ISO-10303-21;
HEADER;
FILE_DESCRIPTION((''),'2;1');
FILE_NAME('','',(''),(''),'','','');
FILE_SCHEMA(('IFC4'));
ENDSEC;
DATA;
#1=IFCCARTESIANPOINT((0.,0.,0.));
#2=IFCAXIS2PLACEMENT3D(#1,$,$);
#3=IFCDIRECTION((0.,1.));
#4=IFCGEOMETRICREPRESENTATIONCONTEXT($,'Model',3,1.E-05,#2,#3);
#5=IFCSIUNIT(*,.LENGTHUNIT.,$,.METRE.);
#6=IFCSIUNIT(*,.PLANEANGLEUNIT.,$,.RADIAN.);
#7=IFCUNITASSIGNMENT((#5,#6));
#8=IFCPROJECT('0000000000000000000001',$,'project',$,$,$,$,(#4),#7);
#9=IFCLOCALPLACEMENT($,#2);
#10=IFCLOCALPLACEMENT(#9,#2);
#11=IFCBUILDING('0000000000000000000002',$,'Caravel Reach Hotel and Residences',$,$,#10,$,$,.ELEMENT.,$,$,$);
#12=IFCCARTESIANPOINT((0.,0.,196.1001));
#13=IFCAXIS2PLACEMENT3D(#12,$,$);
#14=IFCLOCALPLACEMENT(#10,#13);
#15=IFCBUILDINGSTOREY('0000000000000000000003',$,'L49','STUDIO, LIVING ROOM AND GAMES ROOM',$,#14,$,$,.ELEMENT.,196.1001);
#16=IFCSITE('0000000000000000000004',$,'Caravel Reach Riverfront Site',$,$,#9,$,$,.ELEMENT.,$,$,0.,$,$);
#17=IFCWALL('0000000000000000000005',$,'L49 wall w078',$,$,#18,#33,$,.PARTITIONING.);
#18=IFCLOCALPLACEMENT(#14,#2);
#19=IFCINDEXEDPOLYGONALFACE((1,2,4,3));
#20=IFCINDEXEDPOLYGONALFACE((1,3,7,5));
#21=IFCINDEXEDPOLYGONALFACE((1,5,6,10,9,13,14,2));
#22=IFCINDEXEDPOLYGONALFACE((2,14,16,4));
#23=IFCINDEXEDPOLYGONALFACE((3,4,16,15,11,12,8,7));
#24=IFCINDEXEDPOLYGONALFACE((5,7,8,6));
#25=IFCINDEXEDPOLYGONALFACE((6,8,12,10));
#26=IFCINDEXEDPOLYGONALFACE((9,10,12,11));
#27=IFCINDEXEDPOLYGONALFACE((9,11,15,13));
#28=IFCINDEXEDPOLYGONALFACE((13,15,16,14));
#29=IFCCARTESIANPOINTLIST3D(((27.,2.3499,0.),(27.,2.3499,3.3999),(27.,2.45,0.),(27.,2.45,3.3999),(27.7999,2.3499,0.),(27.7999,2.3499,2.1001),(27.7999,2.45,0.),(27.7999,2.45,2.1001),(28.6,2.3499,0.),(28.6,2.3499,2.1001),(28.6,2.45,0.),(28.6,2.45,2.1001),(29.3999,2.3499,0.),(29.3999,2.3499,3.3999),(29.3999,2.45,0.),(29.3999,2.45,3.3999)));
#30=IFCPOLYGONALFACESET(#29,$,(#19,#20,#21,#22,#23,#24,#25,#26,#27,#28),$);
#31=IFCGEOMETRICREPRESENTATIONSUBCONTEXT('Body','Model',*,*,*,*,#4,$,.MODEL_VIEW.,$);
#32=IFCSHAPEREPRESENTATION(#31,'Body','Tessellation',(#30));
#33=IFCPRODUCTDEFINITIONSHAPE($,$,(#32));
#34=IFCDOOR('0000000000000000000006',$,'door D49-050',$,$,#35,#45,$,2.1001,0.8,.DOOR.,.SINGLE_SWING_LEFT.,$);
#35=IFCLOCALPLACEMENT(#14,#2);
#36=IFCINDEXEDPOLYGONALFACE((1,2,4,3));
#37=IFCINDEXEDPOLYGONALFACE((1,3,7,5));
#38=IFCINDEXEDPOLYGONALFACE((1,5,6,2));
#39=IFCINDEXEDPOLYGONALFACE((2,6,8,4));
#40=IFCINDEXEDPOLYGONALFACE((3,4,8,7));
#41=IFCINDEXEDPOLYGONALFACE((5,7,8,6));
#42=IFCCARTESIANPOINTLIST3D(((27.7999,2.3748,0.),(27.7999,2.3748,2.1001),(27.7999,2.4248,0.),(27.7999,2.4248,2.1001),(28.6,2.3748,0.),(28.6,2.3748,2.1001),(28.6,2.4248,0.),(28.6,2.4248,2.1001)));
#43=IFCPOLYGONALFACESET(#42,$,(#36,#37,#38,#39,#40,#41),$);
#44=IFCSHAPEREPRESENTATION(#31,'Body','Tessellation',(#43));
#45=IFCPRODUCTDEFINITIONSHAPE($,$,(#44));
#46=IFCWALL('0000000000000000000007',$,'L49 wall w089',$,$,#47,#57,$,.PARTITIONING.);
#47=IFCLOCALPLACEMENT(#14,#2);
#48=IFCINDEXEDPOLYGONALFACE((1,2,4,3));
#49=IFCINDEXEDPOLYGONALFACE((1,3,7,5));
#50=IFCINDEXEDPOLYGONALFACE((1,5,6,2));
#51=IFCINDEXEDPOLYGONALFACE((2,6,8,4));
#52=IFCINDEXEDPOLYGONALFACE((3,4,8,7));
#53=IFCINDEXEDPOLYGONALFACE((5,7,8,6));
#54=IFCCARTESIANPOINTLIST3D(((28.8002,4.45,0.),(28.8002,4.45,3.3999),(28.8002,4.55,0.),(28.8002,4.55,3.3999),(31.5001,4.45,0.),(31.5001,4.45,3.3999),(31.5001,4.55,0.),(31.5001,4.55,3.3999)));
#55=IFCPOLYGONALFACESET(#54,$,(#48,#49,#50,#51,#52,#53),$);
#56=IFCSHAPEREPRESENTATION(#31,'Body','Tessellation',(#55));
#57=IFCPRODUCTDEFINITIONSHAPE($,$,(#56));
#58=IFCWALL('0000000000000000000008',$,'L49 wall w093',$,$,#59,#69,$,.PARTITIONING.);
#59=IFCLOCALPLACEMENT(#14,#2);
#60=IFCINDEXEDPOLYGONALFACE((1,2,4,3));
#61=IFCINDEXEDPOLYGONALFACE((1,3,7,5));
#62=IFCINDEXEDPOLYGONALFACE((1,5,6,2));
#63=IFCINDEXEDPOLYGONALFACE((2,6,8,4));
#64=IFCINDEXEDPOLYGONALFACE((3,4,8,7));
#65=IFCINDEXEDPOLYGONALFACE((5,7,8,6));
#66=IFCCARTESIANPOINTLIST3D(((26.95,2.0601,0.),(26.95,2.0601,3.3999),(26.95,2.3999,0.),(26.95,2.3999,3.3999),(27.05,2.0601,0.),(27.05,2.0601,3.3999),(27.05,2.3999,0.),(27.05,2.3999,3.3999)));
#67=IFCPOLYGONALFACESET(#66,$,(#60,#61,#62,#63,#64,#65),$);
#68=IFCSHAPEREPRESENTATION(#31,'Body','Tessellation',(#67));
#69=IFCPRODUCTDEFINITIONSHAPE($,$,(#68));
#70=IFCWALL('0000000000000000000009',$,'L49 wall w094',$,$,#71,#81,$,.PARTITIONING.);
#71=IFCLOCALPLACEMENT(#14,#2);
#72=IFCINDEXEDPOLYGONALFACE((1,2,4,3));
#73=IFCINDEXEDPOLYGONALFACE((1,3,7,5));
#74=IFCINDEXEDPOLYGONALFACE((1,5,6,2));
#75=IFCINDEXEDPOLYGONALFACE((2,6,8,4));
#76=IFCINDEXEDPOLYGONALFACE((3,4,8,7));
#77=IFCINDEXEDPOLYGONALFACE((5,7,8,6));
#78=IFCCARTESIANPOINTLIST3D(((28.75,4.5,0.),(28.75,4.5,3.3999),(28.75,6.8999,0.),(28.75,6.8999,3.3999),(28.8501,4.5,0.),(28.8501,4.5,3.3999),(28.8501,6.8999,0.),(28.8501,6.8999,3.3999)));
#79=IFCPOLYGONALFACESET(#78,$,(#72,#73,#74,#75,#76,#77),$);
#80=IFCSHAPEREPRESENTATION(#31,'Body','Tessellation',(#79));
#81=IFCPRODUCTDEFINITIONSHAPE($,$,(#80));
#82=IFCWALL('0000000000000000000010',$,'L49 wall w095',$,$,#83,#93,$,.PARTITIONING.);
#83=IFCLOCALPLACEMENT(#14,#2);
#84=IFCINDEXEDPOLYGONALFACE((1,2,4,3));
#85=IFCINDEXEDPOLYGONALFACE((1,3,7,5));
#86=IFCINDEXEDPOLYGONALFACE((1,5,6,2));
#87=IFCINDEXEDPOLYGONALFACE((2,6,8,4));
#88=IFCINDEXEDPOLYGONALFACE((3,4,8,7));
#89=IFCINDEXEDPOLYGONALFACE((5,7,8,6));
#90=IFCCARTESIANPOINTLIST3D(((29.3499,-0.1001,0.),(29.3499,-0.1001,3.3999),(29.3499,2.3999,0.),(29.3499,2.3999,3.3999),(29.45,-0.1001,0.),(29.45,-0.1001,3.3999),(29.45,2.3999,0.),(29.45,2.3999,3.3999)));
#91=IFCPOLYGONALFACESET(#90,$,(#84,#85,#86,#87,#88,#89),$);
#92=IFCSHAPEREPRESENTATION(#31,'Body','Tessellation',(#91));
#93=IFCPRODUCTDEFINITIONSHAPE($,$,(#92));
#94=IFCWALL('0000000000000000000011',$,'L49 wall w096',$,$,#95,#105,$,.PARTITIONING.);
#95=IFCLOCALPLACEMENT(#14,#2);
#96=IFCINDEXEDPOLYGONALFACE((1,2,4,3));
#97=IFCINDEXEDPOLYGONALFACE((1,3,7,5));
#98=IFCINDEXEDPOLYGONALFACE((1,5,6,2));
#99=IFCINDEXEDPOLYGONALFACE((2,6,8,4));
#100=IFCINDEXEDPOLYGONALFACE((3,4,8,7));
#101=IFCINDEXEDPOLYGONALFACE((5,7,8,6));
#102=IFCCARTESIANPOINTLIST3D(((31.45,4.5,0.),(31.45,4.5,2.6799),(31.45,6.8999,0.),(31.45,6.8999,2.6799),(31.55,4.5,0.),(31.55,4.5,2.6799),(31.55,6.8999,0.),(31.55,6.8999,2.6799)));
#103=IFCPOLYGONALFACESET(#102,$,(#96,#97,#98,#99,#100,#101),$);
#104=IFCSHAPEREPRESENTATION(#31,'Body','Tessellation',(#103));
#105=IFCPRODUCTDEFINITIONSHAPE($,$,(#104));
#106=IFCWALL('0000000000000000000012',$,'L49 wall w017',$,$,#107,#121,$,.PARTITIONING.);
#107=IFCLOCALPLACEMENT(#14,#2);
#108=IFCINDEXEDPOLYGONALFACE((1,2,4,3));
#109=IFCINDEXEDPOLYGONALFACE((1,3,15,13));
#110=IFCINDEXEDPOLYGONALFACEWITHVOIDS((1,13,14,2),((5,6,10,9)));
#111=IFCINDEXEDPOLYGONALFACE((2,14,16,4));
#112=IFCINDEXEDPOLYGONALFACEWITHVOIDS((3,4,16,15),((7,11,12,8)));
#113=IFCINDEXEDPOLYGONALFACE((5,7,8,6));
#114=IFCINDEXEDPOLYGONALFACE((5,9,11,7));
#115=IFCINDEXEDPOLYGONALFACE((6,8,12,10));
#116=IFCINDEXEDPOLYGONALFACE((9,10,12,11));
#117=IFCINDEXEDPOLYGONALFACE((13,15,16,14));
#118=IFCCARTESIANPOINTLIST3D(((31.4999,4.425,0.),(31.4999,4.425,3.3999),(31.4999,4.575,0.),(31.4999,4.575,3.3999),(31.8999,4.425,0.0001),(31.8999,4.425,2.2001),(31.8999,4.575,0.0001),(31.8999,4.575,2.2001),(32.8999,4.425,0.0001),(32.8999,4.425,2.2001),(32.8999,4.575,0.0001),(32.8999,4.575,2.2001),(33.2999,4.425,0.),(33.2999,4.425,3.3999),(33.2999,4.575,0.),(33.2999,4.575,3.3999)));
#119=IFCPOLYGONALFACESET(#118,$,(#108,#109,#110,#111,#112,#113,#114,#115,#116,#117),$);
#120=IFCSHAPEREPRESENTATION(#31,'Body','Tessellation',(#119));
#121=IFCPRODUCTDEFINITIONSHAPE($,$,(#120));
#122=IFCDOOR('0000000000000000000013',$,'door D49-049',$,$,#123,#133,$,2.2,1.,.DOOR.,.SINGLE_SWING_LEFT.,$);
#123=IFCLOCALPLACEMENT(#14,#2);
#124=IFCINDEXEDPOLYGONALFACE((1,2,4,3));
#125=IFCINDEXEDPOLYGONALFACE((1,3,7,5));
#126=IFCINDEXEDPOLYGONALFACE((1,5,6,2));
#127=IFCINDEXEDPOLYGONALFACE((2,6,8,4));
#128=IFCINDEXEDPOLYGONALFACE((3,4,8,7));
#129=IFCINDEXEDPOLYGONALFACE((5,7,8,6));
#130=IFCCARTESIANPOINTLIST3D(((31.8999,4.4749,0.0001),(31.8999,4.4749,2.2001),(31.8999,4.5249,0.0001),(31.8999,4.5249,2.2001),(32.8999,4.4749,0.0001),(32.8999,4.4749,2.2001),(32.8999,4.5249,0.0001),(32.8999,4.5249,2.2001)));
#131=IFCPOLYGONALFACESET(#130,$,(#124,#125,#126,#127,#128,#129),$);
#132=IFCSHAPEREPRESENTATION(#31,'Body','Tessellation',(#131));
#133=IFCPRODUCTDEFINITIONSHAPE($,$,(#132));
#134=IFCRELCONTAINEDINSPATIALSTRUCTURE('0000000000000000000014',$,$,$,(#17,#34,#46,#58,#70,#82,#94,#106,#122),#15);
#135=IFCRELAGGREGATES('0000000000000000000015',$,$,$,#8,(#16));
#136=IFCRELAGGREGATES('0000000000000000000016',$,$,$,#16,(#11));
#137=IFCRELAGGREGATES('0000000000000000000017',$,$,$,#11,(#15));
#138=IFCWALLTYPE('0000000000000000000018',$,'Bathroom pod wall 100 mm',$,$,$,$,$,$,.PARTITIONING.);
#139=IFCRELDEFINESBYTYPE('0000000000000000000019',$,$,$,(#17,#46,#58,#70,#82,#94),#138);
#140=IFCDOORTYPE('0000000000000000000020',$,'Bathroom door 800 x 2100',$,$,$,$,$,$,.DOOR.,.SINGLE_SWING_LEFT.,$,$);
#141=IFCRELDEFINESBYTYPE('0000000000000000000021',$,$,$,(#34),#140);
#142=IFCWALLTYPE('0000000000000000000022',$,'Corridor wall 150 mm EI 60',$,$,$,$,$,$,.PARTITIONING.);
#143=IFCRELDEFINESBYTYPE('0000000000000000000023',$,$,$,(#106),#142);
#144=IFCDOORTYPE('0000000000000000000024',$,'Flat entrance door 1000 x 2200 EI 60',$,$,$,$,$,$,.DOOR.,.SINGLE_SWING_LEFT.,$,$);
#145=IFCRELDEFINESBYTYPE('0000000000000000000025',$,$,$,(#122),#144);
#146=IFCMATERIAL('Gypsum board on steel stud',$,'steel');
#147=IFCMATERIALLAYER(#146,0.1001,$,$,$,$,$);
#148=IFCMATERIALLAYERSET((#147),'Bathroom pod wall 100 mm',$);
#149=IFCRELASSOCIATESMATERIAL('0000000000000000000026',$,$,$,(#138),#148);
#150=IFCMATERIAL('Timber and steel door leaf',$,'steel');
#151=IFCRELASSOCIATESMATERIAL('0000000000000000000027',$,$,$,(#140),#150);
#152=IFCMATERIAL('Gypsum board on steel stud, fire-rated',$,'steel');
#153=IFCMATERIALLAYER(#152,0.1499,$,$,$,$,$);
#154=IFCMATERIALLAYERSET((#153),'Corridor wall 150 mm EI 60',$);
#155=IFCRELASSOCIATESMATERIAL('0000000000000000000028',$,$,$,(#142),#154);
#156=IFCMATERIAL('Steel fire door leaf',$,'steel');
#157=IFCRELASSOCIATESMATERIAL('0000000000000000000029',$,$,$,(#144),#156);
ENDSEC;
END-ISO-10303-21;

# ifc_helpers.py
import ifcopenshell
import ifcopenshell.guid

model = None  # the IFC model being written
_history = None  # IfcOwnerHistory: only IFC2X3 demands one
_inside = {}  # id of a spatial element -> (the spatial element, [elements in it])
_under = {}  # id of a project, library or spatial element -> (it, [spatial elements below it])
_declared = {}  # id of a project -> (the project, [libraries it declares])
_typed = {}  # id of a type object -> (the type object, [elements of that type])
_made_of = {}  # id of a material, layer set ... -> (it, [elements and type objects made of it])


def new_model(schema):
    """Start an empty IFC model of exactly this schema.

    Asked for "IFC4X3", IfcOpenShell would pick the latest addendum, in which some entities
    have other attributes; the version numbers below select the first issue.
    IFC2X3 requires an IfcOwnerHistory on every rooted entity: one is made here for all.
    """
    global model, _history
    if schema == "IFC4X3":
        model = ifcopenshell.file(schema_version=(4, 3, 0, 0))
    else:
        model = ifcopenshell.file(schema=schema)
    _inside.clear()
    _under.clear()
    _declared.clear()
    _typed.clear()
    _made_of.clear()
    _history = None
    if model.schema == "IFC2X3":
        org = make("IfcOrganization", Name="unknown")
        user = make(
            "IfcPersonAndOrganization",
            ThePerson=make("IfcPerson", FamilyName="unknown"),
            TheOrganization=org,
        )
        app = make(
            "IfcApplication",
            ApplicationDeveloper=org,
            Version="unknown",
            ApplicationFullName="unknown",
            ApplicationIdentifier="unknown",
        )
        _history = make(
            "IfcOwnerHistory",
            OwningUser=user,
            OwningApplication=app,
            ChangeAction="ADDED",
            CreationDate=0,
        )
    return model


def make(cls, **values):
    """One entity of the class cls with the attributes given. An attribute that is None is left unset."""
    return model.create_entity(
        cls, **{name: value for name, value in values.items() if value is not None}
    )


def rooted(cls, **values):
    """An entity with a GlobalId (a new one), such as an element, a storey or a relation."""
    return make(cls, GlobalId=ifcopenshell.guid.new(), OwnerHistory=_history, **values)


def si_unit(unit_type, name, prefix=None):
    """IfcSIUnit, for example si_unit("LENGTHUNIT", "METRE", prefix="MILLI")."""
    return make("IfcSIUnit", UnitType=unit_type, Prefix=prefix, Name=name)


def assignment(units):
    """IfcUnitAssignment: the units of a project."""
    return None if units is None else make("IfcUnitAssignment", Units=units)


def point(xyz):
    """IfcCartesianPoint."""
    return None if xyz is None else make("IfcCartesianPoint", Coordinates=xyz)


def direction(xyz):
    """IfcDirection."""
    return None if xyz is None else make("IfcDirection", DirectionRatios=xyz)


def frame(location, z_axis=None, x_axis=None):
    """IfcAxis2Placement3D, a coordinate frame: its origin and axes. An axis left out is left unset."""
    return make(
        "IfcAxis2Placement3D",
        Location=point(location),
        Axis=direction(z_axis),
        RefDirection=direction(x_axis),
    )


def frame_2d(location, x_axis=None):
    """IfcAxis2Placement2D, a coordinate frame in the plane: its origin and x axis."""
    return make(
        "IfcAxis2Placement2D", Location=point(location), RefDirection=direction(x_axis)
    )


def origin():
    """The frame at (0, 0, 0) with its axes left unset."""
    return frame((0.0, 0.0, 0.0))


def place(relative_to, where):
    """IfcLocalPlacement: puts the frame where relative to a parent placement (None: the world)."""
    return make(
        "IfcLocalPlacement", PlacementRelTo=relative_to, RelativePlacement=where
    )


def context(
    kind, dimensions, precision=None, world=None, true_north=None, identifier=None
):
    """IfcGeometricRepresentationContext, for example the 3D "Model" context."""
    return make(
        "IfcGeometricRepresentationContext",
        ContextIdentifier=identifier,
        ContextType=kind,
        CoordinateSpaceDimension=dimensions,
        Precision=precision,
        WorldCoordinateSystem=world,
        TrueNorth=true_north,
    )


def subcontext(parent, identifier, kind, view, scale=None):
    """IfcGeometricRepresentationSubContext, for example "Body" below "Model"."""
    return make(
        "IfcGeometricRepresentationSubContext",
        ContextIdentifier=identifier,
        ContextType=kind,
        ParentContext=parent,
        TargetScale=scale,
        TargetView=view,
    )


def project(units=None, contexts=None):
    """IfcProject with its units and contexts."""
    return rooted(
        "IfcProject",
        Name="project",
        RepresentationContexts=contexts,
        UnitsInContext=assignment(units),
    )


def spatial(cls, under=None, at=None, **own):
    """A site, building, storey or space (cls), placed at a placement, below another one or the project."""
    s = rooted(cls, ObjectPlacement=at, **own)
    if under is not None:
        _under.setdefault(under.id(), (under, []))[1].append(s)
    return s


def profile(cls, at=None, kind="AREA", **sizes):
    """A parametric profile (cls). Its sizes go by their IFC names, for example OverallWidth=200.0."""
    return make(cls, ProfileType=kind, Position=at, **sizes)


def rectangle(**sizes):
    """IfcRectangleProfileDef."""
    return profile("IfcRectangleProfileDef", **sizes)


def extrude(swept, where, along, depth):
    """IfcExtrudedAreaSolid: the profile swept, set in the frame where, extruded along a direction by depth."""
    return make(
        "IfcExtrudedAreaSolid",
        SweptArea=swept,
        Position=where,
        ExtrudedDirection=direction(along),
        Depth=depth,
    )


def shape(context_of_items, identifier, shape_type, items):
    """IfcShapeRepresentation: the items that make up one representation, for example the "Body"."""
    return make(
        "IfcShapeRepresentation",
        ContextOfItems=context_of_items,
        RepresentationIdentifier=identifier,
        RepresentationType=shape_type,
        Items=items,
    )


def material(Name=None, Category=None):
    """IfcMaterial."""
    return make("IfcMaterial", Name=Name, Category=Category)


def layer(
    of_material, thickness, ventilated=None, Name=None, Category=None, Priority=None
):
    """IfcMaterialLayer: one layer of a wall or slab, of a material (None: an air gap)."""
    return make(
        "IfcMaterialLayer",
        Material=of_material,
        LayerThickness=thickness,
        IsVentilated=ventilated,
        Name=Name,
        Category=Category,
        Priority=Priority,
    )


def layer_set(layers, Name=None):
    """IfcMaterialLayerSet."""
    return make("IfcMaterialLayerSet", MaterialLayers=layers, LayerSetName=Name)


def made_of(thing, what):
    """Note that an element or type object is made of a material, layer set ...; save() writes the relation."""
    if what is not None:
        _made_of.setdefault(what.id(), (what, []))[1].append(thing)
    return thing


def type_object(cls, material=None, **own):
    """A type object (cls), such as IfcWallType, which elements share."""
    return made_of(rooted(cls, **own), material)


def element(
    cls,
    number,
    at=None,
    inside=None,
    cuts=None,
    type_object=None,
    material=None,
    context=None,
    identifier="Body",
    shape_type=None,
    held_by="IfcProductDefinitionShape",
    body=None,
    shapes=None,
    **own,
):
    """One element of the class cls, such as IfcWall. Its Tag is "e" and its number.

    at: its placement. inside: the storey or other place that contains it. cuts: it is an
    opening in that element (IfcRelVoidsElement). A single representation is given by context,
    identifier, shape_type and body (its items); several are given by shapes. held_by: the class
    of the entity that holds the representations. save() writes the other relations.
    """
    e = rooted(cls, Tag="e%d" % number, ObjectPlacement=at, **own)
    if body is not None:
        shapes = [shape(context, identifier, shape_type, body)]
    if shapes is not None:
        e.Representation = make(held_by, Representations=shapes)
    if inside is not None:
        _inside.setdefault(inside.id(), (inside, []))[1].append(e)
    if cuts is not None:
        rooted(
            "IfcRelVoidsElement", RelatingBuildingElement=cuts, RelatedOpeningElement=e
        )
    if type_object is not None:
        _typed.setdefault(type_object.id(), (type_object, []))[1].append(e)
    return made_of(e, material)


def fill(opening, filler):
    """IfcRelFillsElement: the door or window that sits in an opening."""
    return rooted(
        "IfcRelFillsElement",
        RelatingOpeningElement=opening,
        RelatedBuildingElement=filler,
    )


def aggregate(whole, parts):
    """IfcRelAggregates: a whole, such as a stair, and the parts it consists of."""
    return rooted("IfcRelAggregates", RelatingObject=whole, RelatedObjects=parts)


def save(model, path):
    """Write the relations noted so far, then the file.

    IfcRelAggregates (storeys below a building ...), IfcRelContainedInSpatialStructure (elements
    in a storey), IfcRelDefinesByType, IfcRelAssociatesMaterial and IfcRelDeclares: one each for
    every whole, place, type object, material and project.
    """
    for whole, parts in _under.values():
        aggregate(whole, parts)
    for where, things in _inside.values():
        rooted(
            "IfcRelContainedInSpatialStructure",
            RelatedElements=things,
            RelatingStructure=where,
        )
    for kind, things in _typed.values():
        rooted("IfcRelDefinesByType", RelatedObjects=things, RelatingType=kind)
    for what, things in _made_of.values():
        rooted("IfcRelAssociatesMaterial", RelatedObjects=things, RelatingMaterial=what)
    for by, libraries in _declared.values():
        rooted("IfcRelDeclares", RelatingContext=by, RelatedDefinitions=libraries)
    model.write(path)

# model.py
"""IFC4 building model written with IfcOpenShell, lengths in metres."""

from ifc_helpers import new_model, si_unit, direction, frame, frame_2d, origin, place, context, subcontext, project, spatial, rectangle, extrude, material, layer, layer_set, type_object, element, fill, save


model = new_model("IFC4")

# Units and contexts
model_context = context("Model", 3, precision=1e-05, world=origin(), true_north=direction((0.0, 1.0)))
body_context = subcontext(model_context, "Body", "Model", "MODEL_VIEW")
ifc_project = project(units=[si_unit("LENGTHUNIT", "METRE"), si_unit("PLANEANGLEUNIT", "RADIAN")], contexts=[model_context])

# Site, building, storey
site_placement = place(None, origin())
site = spatial("IfcSite", under=ifc_project, at=site_placement, Name="Caravel Reach Riverfront Site", CompositionType="ELEMENT", RefElevation=0.0)
building_placement = place(site_placement, origin())
building = spatial("IfcBuilding", under=site, at=building_placement, Name="Caravel Reach Hotel and Residences", CompositionType="ELEMENT")
storey_placement = place(building_placement, frame((0.0, 0.0, 196.1001)))
storey = spatial("IfcBuildingStorey", under=building, at=storey_placement, Name="L49", Description="STUDIO, LIVING ROOM AND GAMES ROOM", CompositionType="ELEMENT", Elevation=196.1001)

# Wall, opening, door
ifc_material_1 = material(Name="Gypsum board on steel stud", Category="steel")
ifc_layer_1 = layer(ifc_material_1, 0.1001)
ifc_layer_set_1 = layer_set([ifc_layer_1], Name="Bathroom pod wall 100 mm")
wall_type_1 = type_object("IfcWallType", Name="Bathroom pod wall 100 mm", PredefinedType="PARTITIONING", material=ifc_layer_set_1)
wall_1_placement = place(storey_placement, frame((27.0, 2.3999, 0.0), z_axis=(0.0, 0.0, 1.0), x_axis=(1.0, 0.0, 0.0)))
wall_1 = element("IfcWall", 1, at=wall_1_placement, inside=storey, type_object=wall_type_1, Name="L49 wall w078", PredefinedType="PARTITIONING", context=body_context, shape_type="SweptSolid", body=[
    extrude(rectangle(XDim=2.3999, YDim=0.1001, at=frame_2d((1.2, 0.0))), origin(), (0.0, 0.0, 1.0), 3.3999),
])
opening_1_placement = place(wall_1_placement, frame((0.8, 0.0, 0.0)))
opening_1 = element("IfcOpeningElement", 2, at=opening_1_placement, cuts=wall_1, PredefinedType="OPENING", context=body_context, shape_type="SweptSolid", body=[
    extrude(rectangle(XDim=0.8, YDim=2.1001, at=frame_2d((0.3999, 1.05))), frame((0.0, 0.0601, 0.0), z_axis=(0.0, -1.0, 0.0), x_axis=(1.0, 0.0, 0.0)), (0.0, 0.0, 1.0), 0.1201),
])
ifc_material_2 = material(Name="Timber and steel door leaf", Category="steel")
door_type_1 = type_object("IfcDoorType", Name="Bathroom door 800 x 2100", OperationType="SINGLE_SWING_LEFT", PredefinedType="DOOR", material=ifc_material_2)
door_1_placement = place(opening_1_placement, origin())
door_1 = element("IfcDoor", 3, at=door_1_placement, inside=storey, type_object=door_type_1, Name="door D49-050", OperationType="SINGLE_SWING_LEFT", OverallHeight=2.1001, OverallWidth=0.8, PredefinedType="DOOR", context=body_context, shape_type="SweptSolid", body=[
    extrude(rectangle(XDim=0.8, YDim=2.1001, at=frame_2d((0.3999, 1.05))), frame((0.0, 0.0249, 0.0), z_axis=(0.0, -1.0, 0.0), x_axis=(1.0, 0.0, 0.0)), (0.0, 0.0, 1.0), 0.05),
])
fill(opening_1, door_1)

# Walls
wall_2_placement = place(storey_placement, frame((28.8, 4.5, 0.0), z_axis=(0.0, 0.0, 1.0), x_axis=(1.0, 0.0, 0.0)))
element("IfcWall", 4, at=wall_2_placement, inside=storey, type_object=wall_type_1, Name="L49 wall w089", PredefinedType="PARTITIONING", context=body_context, shape_type="SweptSolid", body=[
    extrude(rectangle(XDim=2.7, YDim=0.1001, at=frame_2d((1.3501, 0.0))), origin(), (0.0, 0.0, 1.0), 3.3999),
])
wall_3_placement = place(storey_placement, frame((27.0, 2.0601, 0.0), z_axis=(0.0, 0.0, 1.0), x_axis=(0.0, 1.0, 0.0)))
element("IfcWall", 5, at=wall_3_placement, inside=storey, type_object=wall_type_1, Name="L49 wall w093", PredefinedType="PARTITIONING", context=body_context, shape_type="SweptSolid", body=[
    extrude(rectangle(XDim=0.3398, YDim=0.1001, at=frame_2d((0.1699, 0.0))), origin(), (0.0, 0.0, 1.0), 3.3999),
])
wall_4_placement = place(storey_placement, frame((28.8, 4.5, 0.0), z_axis=(0.0, 0.0, 1.0), x_axis=(0.0, 1.0, 0.0)))
element("IfcWall", 6, at=wall_4_placement, inside=storey, type_object=wall_type_1, Name="L49 wall w094", PredefinedType="PARTITIONING", context=body_context, shape_type="SweptSolid", body=[
    extrude(rectangle(XDim=2.3999, YDim=0.1001, at=frame_2d((1.2, 0.0))), origin(), (0.0, 0.0, 1.0), 3.3999),
])
wall_5_placement = place(storey_placement, frame((29.3999, -0.1001, 0.0), z_axis=(0.0, 0.0, 1.0), x_axis=(0.0, 1.0, 0.0)))
element("IfcWall", 7, at=wall_5_placement, inside=storey, type_object=wall_type_1, Name="L49 wall w095", PredefinedType="PARTITIONING", context=body_context, shape_type="SweptSolid", body=[
    extrude(rectangle(XDim=2.5, YDim=0.1001, at=frame_2d((1.25, 0.0))), origin(), (0.0, 0.0, 1.0), 3.3999),
])
wall_6_placement = place(storey_placement, frame((31.5, 4.5, 0.0), z_axis=(0.0, 0.0, 1.0), x_axis=(0.0, 1.0, 0.0)))
element("IfcWall", 8, at=wall_6_placement, inside=storey, type_object=wall_type_1, Name="L49 wall w096", PredefinedType="PARTITIONING", context=body_context, shape_type="SweptSolid", body=[
    extrude(rectangle(XDim=2.3999, YDim=0.1001, at=frame_2d((1.2, 0.0))), origin(), (0.0, 0.0, 1.0), 2.6799),
])

# Wall, opening, door
ifc_material_3 = material(Name="Gypsum board on steel stud, fire-rated", Category="steel")
ifc_layer_2 = layer(ifc_material_3, 0.1499)
ifc_layer_set_2 = layer_set([ifc_layer_2], Name="Corridor wall 150 mm EI 60")
wall_type_2 = type_object("IfcWallType", Name="Corridor wall 150 mm EI 60", PredefinedType="PARTITIONING", material=ifc_layer_set_2)
wall_7_placement = place(storey_placement, frame((31.5, 4.5, 0.0), z_axis=(0.0, 0.0, 1.0), x_axis=(1.0, 0.0, 0.0)))
wall_7 = element("IfcWall", 9, at=wall_7_placement, inside=storey, type_object=wall_type_2, Name="L49 wall w017", PredefinedType="PARTITIONING", context=body_context, shape_type="SweptSolid", body=[
    extrude(rectangle(XDim=1.8, YDim=0.1499, at=frame_2d((0.8999, 0.0))), origin(), (0.0, 0.0, 1.0), 3.3999),
])
opening_2_placement = place(wall_7_placement, frame((0.3999, 0.0, 0.0)))
opening_2 = element("IfcOpeningElement", 10, at=opening_2_placement, cuts=wall_7, PredefinedType="OPENING", context=body_context, shape_type="SweptSolid", body=[
    extrude(rectangle(XDim=1.0, YDim=2.2, at=frame_2d((0.5, 1.1001))), frame((0.0, 0.085, 0.0), z_axis=(0.0, -1.0, 0.0), x_axis=(1.0, 0.0, 0.0)), (0.0, 0.0, 1.0), 0.1699),
])
ifc_material_4 = material(Name="Steel fire door leaf", Category="steel")
door_type_2 = type_object("IfcDoorType", Name="Flat entrance door 1000 x 2200 EI 60", OperationType="SINGLE_SWING_LEFT", PredefinedType="DOOR", material=ifc_material_4)
door_2_placement = place(opening_2_placement, origin())
door_2 = element("IfcDoor", 11, at=door_2_placement, inside=storey, type_object=door_type_2, Name="door D49-049", OperationType="SINGLE_SWING_LEFT", OverallHeight=2.2, OverallWidth=1.0, PredefinedType="DOOR", context=body_context, shape_type="SweptSolid", body=[
    extrude(rectangle(XDim=1.0, YDim=2.2, at=frame_2d((0.5, 1.1001))), frame((0.0, 0.0249, 0.0), z_axis=(0.0, -1.0, 0.0), x_axis=(1.0, 0.0, 0.0)), (0.0, 0.0, 1.0), 0.05),
])
fill(opening_2, door_2)

save(model, "model.ifc")
